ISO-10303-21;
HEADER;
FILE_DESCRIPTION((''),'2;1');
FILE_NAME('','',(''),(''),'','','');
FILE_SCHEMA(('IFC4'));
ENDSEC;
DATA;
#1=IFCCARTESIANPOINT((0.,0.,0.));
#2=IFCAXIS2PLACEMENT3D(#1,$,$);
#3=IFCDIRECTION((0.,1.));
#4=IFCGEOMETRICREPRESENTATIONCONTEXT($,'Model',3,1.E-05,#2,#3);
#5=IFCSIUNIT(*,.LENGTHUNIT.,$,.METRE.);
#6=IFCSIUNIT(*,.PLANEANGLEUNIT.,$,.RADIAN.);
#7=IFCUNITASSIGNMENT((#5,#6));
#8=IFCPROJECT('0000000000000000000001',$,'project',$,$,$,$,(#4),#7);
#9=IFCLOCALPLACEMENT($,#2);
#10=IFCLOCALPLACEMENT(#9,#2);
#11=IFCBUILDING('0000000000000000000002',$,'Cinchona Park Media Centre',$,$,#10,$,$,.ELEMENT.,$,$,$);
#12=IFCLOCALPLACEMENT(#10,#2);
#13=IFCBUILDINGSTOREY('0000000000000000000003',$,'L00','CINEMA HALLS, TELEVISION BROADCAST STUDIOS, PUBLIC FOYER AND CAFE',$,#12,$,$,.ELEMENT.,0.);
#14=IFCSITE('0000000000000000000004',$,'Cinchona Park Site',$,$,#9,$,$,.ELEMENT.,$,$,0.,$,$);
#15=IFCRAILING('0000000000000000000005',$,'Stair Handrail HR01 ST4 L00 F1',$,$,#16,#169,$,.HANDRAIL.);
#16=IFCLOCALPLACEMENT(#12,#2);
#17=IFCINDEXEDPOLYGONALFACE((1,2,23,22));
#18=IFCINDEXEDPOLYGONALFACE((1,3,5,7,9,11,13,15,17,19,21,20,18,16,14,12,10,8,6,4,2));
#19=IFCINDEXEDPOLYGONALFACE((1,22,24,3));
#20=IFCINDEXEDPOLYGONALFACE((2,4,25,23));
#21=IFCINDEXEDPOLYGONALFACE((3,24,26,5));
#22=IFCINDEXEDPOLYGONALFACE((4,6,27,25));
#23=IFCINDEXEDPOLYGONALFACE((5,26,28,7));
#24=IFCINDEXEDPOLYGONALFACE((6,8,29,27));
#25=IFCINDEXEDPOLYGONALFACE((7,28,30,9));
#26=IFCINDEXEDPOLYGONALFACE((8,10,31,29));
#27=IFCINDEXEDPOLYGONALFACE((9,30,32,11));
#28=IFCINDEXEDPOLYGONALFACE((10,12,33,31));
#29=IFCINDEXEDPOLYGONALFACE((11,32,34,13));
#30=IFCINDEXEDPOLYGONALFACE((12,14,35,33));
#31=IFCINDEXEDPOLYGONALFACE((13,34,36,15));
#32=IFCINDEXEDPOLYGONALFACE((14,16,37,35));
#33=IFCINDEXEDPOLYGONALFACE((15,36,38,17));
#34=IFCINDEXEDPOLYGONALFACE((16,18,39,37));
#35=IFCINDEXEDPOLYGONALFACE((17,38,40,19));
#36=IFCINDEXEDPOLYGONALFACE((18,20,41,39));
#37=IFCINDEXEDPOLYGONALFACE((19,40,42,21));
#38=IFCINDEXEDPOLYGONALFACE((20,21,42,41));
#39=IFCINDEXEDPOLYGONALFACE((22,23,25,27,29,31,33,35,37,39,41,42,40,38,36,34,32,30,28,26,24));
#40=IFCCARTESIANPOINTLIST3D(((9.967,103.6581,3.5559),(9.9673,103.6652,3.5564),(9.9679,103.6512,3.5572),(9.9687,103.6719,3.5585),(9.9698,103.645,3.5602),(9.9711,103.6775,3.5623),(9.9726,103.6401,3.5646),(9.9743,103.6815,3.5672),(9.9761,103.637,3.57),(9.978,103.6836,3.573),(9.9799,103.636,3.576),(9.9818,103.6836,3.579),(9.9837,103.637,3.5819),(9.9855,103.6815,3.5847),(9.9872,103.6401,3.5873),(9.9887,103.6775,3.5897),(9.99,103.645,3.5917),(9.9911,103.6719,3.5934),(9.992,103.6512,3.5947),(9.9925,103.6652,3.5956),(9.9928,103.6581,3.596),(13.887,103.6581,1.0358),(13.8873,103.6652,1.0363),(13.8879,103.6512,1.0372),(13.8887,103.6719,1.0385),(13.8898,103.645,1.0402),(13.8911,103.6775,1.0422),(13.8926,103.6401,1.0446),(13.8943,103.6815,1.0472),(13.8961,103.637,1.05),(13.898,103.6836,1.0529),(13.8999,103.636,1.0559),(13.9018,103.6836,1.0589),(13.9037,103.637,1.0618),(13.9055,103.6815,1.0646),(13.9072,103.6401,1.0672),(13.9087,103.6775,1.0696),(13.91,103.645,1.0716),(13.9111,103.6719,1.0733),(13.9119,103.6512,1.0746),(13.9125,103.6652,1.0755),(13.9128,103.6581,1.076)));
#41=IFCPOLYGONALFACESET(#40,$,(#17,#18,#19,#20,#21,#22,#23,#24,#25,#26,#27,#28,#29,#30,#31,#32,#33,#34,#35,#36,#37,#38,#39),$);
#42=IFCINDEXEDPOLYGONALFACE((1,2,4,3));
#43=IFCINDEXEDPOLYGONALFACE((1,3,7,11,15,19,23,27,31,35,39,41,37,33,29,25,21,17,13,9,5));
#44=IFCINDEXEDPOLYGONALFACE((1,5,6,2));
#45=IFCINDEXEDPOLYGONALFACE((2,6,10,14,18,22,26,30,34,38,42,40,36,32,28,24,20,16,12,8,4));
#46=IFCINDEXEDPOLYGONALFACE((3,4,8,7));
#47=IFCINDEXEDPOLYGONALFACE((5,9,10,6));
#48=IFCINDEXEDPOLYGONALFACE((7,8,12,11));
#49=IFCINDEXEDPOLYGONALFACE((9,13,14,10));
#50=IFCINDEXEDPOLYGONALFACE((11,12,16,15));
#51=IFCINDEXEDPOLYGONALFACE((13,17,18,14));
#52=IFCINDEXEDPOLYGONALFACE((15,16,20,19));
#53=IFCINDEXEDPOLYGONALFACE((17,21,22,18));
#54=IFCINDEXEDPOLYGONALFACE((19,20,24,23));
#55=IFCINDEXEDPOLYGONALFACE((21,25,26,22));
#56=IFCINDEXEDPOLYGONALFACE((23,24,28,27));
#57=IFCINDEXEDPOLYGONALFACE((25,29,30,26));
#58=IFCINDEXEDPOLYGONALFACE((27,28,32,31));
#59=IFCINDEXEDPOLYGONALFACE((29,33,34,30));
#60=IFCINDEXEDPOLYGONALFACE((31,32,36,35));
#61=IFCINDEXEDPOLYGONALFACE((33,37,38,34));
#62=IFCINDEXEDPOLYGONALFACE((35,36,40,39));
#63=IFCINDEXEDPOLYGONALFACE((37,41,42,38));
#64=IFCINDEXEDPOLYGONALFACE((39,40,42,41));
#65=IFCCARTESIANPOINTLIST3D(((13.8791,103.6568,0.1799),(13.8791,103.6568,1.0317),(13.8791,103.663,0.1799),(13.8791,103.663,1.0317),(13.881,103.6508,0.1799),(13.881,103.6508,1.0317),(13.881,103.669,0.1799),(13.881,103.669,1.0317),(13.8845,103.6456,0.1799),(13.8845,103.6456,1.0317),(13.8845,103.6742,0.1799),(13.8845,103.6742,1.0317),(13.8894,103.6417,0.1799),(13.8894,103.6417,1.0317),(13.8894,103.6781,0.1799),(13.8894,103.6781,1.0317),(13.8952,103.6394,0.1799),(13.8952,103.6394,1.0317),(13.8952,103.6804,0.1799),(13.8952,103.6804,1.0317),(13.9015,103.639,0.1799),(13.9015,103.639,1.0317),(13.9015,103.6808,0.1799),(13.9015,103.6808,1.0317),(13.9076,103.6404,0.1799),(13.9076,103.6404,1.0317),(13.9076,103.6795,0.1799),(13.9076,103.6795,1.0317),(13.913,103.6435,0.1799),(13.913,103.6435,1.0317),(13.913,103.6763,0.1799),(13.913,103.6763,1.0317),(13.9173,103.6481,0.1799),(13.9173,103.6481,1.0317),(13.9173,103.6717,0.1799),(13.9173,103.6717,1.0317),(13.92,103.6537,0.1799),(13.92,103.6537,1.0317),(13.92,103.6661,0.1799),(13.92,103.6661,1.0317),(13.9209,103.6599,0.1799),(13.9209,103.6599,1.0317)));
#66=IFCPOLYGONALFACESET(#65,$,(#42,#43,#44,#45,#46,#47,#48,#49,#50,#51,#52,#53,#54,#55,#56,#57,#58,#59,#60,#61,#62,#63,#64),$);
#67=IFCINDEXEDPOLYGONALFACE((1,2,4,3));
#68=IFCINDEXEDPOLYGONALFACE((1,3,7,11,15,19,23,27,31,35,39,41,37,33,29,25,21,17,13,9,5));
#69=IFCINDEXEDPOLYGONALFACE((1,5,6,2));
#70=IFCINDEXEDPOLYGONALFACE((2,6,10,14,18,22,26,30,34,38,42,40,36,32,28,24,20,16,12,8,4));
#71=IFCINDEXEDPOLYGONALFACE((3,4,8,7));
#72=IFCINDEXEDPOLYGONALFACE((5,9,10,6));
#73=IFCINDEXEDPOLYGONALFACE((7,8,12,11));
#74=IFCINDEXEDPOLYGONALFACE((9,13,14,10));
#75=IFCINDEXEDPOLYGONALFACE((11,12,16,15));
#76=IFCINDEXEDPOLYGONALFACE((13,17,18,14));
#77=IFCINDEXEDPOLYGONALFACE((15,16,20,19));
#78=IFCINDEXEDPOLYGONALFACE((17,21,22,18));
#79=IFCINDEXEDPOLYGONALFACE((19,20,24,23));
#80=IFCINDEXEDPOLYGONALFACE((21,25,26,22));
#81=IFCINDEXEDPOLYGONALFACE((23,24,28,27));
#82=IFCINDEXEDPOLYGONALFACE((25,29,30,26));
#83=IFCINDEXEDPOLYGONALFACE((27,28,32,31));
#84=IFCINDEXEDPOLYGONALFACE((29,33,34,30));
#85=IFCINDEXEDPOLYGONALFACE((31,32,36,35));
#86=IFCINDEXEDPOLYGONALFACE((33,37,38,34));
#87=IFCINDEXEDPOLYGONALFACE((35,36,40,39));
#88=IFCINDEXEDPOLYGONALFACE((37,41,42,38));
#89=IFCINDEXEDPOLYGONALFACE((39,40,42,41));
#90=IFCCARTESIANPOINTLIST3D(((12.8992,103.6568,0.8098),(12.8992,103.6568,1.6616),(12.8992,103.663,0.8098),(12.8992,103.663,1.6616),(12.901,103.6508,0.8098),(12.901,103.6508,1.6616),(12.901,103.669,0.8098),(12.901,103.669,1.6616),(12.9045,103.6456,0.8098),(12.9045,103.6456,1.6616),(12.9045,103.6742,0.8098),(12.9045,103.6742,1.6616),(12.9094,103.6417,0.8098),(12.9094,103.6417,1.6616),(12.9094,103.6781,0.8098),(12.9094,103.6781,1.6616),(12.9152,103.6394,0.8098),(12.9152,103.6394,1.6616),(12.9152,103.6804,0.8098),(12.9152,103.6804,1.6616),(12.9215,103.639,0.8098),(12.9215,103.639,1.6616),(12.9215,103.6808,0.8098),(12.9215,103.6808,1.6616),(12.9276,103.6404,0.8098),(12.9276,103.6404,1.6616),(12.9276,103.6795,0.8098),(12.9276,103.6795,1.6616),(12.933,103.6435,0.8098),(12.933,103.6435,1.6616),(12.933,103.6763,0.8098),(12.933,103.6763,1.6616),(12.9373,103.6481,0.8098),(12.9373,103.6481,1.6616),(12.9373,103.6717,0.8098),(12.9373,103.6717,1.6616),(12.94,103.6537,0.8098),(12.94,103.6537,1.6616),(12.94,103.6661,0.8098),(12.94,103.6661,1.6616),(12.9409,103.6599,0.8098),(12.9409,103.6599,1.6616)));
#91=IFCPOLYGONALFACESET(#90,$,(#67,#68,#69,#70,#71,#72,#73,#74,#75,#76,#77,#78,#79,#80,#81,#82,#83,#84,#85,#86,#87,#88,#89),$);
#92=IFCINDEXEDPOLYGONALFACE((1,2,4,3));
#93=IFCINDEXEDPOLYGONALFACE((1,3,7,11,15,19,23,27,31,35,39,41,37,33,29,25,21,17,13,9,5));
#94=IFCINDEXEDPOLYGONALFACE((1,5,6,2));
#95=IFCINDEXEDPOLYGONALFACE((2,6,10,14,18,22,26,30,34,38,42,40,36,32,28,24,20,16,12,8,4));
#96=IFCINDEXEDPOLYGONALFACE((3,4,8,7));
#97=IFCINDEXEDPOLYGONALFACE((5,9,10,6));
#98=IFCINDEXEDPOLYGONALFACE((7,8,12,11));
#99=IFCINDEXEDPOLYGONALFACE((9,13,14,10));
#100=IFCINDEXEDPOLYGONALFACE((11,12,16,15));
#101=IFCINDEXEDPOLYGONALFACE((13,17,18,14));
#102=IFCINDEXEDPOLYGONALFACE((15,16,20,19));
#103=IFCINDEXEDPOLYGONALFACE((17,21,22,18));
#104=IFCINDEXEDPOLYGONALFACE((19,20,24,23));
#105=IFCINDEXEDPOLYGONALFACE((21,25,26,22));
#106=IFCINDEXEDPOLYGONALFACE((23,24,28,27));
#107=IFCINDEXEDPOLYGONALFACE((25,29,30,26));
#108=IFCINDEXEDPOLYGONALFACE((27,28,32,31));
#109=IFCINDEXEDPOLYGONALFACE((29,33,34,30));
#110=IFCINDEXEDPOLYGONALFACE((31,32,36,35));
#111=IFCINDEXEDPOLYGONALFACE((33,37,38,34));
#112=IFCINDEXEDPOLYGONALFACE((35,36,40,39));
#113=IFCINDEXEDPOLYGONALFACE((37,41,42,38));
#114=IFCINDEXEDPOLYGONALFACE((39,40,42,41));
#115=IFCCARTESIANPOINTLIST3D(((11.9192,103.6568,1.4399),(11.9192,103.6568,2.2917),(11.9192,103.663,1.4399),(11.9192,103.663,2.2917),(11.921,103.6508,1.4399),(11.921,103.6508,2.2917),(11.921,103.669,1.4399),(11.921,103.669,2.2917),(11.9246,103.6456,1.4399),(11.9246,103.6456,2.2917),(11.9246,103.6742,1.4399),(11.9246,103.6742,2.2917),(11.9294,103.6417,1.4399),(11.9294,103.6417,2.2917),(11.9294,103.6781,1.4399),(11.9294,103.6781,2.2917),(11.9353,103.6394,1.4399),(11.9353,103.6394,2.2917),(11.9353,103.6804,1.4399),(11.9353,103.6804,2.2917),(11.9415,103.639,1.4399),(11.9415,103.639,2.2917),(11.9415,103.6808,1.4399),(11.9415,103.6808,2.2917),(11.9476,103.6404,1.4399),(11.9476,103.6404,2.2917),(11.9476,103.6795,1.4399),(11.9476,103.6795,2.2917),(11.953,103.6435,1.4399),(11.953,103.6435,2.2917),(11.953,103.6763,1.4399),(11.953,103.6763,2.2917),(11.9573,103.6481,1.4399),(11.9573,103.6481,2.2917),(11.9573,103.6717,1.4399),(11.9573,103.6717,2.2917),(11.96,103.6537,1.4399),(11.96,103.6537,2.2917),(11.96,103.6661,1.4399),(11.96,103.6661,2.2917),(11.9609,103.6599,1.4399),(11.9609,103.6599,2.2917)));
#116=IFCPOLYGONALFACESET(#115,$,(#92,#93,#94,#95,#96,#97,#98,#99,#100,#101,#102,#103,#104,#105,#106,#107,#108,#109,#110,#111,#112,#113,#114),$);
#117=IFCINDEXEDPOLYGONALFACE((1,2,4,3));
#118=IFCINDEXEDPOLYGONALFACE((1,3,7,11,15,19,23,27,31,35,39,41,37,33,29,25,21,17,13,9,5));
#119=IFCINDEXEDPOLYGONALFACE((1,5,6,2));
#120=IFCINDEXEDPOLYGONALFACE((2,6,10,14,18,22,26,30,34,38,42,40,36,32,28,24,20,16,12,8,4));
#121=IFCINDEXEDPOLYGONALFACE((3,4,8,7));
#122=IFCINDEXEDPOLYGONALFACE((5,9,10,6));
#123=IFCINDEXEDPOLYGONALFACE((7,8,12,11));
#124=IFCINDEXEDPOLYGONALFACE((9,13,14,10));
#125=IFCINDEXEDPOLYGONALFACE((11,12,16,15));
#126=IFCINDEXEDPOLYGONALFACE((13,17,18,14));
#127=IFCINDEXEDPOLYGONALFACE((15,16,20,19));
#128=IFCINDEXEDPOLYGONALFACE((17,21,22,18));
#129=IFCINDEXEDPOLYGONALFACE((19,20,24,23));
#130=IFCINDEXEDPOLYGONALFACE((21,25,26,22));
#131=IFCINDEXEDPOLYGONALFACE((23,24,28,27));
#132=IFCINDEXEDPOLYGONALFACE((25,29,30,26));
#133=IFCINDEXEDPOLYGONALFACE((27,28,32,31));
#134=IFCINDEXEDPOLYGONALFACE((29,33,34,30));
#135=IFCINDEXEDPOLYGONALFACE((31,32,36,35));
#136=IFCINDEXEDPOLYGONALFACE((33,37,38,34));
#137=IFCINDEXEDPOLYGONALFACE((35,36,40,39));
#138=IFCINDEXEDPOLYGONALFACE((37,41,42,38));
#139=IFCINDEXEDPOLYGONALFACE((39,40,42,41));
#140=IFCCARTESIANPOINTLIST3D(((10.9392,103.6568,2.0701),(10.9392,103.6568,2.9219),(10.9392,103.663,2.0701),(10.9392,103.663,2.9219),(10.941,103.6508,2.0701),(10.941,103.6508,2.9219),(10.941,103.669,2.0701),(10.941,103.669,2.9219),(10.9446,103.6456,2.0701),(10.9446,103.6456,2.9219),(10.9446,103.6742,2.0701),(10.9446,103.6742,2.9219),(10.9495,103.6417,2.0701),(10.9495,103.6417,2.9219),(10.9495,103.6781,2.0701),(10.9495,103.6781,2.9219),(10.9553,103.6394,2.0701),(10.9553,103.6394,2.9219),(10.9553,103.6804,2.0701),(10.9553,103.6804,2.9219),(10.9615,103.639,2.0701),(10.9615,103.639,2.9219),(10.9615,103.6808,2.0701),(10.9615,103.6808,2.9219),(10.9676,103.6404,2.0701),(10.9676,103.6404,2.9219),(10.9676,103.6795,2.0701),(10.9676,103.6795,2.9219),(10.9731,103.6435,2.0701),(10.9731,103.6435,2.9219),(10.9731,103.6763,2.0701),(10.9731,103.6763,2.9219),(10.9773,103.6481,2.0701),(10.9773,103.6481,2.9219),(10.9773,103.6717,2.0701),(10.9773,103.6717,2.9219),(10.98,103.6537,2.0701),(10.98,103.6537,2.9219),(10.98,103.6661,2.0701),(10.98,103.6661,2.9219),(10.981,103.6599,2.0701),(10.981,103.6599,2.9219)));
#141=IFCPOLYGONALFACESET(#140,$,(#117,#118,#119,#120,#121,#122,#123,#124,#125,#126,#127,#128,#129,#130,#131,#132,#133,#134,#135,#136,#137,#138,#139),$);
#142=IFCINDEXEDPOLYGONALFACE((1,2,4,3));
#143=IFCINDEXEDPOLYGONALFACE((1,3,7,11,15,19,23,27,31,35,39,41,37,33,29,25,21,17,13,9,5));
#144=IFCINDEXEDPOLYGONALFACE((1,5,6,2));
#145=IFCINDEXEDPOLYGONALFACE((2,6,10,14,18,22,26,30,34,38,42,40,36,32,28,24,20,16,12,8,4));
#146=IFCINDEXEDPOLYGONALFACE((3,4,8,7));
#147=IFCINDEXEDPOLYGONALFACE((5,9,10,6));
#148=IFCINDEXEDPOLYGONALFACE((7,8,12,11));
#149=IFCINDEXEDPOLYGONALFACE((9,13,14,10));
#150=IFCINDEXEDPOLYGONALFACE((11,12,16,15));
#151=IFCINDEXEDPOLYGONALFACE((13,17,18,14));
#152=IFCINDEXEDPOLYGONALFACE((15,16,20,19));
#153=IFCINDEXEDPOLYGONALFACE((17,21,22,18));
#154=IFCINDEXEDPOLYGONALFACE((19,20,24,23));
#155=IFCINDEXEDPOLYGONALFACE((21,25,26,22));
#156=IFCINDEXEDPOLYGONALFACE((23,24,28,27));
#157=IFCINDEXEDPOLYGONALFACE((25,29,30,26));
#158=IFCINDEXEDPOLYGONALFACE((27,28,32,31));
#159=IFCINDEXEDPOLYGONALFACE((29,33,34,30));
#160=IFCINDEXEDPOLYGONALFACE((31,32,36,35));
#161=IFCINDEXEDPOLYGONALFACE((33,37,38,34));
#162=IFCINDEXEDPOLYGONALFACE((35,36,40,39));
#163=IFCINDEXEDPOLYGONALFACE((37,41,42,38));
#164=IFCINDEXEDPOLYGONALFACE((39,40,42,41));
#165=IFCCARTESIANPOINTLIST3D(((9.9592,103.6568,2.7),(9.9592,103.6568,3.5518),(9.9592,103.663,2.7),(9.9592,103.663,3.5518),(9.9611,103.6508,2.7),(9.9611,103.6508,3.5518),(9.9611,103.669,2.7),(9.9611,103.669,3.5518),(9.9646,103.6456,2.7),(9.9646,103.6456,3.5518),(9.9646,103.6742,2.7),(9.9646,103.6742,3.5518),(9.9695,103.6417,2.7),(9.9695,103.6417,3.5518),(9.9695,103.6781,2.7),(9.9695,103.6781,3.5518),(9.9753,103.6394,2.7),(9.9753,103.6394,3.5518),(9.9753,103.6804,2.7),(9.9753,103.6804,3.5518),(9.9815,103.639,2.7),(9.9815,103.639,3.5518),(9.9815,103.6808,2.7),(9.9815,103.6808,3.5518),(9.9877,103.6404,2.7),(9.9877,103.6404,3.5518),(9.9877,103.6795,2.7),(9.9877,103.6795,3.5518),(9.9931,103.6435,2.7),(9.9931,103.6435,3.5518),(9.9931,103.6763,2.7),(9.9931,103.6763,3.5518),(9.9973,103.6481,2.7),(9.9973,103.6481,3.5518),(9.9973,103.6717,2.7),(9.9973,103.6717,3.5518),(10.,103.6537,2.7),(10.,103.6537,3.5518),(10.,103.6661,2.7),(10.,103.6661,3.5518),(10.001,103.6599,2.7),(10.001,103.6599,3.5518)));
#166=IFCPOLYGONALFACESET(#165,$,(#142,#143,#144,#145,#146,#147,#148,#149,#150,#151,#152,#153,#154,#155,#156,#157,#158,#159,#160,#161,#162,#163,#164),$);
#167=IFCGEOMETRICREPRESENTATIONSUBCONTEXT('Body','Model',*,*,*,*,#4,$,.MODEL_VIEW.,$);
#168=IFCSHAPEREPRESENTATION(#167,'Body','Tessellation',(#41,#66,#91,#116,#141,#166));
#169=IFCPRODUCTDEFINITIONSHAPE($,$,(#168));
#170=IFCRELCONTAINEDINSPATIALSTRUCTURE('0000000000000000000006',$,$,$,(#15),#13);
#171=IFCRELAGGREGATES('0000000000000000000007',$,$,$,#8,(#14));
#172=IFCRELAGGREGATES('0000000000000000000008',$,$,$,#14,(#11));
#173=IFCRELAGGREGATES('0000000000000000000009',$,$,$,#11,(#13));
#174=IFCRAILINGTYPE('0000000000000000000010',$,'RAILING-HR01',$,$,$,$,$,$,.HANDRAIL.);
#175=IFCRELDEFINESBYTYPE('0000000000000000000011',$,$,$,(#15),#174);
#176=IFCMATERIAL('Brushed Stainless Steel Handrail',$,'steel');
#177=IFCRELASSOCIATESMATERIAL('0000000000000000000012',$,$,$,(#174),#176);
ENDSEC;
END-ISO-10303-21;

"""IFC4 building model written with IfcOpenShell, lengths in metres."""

from ifc_helpers import new_model, si_unit, direction, frame, origin, origin_2d, place, context, subcontext, project, spatial, circle, extrude, material, type_object, element, save


model = new_model("IFC4")

# Units and contexts
model_context = context("Model", 3, precision=1e-05, world=origin(), true_north=direction((0.0, 1.0)))
body_context = subcontext(model_context, "Body", "Model", "MODEL_VIEW")
ifc_project = project(units=[si_unit("LENGTHUNIT", "METRE"), si_unit("PLANEANGLEUNIT", "RADIAN")], contexts=[model_context])

# Site, building, storey
site_placement = place(None, origin())
site = spatial("IfcSite", under=ifc_project, at=site_placement, Name="Cinchona Park Site", CompositionType="ELEMENT", RefElevation=0.0)
building_placement = place(site_placement, origin())
building = spatial("IfcBuilding", under=site, at=building_placement, Name="Cinchona Park Media Centre", CompositionType="ELEMENT")
storey_placement = place(building_placement, origin())
storey = spatial("IfcBuildingStorey", under=building, at=storey_placement, Name="L00", Description="CINEMA HALLS, TELEVISION BROADCAST STUDIOS, PUBLIC FOYER AND CAFE", CompositionType="ELEMENT", Elevation=0.0)

# Railing
ifc_material_1 = material(Name="Brushed Stainless Steel Handrail", Category="steel")
railing_type_1 = type_object("IfcRailingType", Name="RAILING-HR01", PredefinedType="HANDRAIL", material=ifc_material_1)
railing_1_placement = place(storey_placement, frame((13.8999, 103.6599, 0.1799)))
element("IfcRailing", 1, at=railing_1_placement, inside=storey, type_object=railing_type_1, Name="Stair Handrail HR01 ST4 L00 F1", PredefinedType="HANDRAIL", context=body_context, shape_type="SweptSolid", body=[
    extrude(circle(Radius=0.0239, at=origin_2d()), frame((0.0, 0.0, 0.876), z_axis=(-0.841172, 0.0, 0.540768), x_axis=(0.0, -1.0, 0.0)), (0.0, 0.0, 1.0), 4.6602),
    extrude(circle(Radius=0.021, at=origin_2d()), origin(), (0.0, 0.0, 1.0), 0.8518),
    extrude(circle(Radius=0.021, at=origin_2d()), frame((-0.98, 0.0, 0.6299)), (0.0, 0.0, 1.0), 0.8518),
    extrude(circle(Radius=0.021, at=origin_2d()), frame((-1.96, 0.0, 1.26)), (0.0, 0.0, 1.0), 0.8518),
    extrude(circle(Radius=0.021, at=origin_2d()), frame((-2.9399, 0.0, 1.8901)), (0.0, 0.0, 1.0), 0.8518),
    extrude(circle(Radius=0.021, at=origin_2d()), frame((-3.9199, 0.0, 2.52)), (0.0, 0.0, 1.0), 0.8518),
])

save(model, "model.ifc")
